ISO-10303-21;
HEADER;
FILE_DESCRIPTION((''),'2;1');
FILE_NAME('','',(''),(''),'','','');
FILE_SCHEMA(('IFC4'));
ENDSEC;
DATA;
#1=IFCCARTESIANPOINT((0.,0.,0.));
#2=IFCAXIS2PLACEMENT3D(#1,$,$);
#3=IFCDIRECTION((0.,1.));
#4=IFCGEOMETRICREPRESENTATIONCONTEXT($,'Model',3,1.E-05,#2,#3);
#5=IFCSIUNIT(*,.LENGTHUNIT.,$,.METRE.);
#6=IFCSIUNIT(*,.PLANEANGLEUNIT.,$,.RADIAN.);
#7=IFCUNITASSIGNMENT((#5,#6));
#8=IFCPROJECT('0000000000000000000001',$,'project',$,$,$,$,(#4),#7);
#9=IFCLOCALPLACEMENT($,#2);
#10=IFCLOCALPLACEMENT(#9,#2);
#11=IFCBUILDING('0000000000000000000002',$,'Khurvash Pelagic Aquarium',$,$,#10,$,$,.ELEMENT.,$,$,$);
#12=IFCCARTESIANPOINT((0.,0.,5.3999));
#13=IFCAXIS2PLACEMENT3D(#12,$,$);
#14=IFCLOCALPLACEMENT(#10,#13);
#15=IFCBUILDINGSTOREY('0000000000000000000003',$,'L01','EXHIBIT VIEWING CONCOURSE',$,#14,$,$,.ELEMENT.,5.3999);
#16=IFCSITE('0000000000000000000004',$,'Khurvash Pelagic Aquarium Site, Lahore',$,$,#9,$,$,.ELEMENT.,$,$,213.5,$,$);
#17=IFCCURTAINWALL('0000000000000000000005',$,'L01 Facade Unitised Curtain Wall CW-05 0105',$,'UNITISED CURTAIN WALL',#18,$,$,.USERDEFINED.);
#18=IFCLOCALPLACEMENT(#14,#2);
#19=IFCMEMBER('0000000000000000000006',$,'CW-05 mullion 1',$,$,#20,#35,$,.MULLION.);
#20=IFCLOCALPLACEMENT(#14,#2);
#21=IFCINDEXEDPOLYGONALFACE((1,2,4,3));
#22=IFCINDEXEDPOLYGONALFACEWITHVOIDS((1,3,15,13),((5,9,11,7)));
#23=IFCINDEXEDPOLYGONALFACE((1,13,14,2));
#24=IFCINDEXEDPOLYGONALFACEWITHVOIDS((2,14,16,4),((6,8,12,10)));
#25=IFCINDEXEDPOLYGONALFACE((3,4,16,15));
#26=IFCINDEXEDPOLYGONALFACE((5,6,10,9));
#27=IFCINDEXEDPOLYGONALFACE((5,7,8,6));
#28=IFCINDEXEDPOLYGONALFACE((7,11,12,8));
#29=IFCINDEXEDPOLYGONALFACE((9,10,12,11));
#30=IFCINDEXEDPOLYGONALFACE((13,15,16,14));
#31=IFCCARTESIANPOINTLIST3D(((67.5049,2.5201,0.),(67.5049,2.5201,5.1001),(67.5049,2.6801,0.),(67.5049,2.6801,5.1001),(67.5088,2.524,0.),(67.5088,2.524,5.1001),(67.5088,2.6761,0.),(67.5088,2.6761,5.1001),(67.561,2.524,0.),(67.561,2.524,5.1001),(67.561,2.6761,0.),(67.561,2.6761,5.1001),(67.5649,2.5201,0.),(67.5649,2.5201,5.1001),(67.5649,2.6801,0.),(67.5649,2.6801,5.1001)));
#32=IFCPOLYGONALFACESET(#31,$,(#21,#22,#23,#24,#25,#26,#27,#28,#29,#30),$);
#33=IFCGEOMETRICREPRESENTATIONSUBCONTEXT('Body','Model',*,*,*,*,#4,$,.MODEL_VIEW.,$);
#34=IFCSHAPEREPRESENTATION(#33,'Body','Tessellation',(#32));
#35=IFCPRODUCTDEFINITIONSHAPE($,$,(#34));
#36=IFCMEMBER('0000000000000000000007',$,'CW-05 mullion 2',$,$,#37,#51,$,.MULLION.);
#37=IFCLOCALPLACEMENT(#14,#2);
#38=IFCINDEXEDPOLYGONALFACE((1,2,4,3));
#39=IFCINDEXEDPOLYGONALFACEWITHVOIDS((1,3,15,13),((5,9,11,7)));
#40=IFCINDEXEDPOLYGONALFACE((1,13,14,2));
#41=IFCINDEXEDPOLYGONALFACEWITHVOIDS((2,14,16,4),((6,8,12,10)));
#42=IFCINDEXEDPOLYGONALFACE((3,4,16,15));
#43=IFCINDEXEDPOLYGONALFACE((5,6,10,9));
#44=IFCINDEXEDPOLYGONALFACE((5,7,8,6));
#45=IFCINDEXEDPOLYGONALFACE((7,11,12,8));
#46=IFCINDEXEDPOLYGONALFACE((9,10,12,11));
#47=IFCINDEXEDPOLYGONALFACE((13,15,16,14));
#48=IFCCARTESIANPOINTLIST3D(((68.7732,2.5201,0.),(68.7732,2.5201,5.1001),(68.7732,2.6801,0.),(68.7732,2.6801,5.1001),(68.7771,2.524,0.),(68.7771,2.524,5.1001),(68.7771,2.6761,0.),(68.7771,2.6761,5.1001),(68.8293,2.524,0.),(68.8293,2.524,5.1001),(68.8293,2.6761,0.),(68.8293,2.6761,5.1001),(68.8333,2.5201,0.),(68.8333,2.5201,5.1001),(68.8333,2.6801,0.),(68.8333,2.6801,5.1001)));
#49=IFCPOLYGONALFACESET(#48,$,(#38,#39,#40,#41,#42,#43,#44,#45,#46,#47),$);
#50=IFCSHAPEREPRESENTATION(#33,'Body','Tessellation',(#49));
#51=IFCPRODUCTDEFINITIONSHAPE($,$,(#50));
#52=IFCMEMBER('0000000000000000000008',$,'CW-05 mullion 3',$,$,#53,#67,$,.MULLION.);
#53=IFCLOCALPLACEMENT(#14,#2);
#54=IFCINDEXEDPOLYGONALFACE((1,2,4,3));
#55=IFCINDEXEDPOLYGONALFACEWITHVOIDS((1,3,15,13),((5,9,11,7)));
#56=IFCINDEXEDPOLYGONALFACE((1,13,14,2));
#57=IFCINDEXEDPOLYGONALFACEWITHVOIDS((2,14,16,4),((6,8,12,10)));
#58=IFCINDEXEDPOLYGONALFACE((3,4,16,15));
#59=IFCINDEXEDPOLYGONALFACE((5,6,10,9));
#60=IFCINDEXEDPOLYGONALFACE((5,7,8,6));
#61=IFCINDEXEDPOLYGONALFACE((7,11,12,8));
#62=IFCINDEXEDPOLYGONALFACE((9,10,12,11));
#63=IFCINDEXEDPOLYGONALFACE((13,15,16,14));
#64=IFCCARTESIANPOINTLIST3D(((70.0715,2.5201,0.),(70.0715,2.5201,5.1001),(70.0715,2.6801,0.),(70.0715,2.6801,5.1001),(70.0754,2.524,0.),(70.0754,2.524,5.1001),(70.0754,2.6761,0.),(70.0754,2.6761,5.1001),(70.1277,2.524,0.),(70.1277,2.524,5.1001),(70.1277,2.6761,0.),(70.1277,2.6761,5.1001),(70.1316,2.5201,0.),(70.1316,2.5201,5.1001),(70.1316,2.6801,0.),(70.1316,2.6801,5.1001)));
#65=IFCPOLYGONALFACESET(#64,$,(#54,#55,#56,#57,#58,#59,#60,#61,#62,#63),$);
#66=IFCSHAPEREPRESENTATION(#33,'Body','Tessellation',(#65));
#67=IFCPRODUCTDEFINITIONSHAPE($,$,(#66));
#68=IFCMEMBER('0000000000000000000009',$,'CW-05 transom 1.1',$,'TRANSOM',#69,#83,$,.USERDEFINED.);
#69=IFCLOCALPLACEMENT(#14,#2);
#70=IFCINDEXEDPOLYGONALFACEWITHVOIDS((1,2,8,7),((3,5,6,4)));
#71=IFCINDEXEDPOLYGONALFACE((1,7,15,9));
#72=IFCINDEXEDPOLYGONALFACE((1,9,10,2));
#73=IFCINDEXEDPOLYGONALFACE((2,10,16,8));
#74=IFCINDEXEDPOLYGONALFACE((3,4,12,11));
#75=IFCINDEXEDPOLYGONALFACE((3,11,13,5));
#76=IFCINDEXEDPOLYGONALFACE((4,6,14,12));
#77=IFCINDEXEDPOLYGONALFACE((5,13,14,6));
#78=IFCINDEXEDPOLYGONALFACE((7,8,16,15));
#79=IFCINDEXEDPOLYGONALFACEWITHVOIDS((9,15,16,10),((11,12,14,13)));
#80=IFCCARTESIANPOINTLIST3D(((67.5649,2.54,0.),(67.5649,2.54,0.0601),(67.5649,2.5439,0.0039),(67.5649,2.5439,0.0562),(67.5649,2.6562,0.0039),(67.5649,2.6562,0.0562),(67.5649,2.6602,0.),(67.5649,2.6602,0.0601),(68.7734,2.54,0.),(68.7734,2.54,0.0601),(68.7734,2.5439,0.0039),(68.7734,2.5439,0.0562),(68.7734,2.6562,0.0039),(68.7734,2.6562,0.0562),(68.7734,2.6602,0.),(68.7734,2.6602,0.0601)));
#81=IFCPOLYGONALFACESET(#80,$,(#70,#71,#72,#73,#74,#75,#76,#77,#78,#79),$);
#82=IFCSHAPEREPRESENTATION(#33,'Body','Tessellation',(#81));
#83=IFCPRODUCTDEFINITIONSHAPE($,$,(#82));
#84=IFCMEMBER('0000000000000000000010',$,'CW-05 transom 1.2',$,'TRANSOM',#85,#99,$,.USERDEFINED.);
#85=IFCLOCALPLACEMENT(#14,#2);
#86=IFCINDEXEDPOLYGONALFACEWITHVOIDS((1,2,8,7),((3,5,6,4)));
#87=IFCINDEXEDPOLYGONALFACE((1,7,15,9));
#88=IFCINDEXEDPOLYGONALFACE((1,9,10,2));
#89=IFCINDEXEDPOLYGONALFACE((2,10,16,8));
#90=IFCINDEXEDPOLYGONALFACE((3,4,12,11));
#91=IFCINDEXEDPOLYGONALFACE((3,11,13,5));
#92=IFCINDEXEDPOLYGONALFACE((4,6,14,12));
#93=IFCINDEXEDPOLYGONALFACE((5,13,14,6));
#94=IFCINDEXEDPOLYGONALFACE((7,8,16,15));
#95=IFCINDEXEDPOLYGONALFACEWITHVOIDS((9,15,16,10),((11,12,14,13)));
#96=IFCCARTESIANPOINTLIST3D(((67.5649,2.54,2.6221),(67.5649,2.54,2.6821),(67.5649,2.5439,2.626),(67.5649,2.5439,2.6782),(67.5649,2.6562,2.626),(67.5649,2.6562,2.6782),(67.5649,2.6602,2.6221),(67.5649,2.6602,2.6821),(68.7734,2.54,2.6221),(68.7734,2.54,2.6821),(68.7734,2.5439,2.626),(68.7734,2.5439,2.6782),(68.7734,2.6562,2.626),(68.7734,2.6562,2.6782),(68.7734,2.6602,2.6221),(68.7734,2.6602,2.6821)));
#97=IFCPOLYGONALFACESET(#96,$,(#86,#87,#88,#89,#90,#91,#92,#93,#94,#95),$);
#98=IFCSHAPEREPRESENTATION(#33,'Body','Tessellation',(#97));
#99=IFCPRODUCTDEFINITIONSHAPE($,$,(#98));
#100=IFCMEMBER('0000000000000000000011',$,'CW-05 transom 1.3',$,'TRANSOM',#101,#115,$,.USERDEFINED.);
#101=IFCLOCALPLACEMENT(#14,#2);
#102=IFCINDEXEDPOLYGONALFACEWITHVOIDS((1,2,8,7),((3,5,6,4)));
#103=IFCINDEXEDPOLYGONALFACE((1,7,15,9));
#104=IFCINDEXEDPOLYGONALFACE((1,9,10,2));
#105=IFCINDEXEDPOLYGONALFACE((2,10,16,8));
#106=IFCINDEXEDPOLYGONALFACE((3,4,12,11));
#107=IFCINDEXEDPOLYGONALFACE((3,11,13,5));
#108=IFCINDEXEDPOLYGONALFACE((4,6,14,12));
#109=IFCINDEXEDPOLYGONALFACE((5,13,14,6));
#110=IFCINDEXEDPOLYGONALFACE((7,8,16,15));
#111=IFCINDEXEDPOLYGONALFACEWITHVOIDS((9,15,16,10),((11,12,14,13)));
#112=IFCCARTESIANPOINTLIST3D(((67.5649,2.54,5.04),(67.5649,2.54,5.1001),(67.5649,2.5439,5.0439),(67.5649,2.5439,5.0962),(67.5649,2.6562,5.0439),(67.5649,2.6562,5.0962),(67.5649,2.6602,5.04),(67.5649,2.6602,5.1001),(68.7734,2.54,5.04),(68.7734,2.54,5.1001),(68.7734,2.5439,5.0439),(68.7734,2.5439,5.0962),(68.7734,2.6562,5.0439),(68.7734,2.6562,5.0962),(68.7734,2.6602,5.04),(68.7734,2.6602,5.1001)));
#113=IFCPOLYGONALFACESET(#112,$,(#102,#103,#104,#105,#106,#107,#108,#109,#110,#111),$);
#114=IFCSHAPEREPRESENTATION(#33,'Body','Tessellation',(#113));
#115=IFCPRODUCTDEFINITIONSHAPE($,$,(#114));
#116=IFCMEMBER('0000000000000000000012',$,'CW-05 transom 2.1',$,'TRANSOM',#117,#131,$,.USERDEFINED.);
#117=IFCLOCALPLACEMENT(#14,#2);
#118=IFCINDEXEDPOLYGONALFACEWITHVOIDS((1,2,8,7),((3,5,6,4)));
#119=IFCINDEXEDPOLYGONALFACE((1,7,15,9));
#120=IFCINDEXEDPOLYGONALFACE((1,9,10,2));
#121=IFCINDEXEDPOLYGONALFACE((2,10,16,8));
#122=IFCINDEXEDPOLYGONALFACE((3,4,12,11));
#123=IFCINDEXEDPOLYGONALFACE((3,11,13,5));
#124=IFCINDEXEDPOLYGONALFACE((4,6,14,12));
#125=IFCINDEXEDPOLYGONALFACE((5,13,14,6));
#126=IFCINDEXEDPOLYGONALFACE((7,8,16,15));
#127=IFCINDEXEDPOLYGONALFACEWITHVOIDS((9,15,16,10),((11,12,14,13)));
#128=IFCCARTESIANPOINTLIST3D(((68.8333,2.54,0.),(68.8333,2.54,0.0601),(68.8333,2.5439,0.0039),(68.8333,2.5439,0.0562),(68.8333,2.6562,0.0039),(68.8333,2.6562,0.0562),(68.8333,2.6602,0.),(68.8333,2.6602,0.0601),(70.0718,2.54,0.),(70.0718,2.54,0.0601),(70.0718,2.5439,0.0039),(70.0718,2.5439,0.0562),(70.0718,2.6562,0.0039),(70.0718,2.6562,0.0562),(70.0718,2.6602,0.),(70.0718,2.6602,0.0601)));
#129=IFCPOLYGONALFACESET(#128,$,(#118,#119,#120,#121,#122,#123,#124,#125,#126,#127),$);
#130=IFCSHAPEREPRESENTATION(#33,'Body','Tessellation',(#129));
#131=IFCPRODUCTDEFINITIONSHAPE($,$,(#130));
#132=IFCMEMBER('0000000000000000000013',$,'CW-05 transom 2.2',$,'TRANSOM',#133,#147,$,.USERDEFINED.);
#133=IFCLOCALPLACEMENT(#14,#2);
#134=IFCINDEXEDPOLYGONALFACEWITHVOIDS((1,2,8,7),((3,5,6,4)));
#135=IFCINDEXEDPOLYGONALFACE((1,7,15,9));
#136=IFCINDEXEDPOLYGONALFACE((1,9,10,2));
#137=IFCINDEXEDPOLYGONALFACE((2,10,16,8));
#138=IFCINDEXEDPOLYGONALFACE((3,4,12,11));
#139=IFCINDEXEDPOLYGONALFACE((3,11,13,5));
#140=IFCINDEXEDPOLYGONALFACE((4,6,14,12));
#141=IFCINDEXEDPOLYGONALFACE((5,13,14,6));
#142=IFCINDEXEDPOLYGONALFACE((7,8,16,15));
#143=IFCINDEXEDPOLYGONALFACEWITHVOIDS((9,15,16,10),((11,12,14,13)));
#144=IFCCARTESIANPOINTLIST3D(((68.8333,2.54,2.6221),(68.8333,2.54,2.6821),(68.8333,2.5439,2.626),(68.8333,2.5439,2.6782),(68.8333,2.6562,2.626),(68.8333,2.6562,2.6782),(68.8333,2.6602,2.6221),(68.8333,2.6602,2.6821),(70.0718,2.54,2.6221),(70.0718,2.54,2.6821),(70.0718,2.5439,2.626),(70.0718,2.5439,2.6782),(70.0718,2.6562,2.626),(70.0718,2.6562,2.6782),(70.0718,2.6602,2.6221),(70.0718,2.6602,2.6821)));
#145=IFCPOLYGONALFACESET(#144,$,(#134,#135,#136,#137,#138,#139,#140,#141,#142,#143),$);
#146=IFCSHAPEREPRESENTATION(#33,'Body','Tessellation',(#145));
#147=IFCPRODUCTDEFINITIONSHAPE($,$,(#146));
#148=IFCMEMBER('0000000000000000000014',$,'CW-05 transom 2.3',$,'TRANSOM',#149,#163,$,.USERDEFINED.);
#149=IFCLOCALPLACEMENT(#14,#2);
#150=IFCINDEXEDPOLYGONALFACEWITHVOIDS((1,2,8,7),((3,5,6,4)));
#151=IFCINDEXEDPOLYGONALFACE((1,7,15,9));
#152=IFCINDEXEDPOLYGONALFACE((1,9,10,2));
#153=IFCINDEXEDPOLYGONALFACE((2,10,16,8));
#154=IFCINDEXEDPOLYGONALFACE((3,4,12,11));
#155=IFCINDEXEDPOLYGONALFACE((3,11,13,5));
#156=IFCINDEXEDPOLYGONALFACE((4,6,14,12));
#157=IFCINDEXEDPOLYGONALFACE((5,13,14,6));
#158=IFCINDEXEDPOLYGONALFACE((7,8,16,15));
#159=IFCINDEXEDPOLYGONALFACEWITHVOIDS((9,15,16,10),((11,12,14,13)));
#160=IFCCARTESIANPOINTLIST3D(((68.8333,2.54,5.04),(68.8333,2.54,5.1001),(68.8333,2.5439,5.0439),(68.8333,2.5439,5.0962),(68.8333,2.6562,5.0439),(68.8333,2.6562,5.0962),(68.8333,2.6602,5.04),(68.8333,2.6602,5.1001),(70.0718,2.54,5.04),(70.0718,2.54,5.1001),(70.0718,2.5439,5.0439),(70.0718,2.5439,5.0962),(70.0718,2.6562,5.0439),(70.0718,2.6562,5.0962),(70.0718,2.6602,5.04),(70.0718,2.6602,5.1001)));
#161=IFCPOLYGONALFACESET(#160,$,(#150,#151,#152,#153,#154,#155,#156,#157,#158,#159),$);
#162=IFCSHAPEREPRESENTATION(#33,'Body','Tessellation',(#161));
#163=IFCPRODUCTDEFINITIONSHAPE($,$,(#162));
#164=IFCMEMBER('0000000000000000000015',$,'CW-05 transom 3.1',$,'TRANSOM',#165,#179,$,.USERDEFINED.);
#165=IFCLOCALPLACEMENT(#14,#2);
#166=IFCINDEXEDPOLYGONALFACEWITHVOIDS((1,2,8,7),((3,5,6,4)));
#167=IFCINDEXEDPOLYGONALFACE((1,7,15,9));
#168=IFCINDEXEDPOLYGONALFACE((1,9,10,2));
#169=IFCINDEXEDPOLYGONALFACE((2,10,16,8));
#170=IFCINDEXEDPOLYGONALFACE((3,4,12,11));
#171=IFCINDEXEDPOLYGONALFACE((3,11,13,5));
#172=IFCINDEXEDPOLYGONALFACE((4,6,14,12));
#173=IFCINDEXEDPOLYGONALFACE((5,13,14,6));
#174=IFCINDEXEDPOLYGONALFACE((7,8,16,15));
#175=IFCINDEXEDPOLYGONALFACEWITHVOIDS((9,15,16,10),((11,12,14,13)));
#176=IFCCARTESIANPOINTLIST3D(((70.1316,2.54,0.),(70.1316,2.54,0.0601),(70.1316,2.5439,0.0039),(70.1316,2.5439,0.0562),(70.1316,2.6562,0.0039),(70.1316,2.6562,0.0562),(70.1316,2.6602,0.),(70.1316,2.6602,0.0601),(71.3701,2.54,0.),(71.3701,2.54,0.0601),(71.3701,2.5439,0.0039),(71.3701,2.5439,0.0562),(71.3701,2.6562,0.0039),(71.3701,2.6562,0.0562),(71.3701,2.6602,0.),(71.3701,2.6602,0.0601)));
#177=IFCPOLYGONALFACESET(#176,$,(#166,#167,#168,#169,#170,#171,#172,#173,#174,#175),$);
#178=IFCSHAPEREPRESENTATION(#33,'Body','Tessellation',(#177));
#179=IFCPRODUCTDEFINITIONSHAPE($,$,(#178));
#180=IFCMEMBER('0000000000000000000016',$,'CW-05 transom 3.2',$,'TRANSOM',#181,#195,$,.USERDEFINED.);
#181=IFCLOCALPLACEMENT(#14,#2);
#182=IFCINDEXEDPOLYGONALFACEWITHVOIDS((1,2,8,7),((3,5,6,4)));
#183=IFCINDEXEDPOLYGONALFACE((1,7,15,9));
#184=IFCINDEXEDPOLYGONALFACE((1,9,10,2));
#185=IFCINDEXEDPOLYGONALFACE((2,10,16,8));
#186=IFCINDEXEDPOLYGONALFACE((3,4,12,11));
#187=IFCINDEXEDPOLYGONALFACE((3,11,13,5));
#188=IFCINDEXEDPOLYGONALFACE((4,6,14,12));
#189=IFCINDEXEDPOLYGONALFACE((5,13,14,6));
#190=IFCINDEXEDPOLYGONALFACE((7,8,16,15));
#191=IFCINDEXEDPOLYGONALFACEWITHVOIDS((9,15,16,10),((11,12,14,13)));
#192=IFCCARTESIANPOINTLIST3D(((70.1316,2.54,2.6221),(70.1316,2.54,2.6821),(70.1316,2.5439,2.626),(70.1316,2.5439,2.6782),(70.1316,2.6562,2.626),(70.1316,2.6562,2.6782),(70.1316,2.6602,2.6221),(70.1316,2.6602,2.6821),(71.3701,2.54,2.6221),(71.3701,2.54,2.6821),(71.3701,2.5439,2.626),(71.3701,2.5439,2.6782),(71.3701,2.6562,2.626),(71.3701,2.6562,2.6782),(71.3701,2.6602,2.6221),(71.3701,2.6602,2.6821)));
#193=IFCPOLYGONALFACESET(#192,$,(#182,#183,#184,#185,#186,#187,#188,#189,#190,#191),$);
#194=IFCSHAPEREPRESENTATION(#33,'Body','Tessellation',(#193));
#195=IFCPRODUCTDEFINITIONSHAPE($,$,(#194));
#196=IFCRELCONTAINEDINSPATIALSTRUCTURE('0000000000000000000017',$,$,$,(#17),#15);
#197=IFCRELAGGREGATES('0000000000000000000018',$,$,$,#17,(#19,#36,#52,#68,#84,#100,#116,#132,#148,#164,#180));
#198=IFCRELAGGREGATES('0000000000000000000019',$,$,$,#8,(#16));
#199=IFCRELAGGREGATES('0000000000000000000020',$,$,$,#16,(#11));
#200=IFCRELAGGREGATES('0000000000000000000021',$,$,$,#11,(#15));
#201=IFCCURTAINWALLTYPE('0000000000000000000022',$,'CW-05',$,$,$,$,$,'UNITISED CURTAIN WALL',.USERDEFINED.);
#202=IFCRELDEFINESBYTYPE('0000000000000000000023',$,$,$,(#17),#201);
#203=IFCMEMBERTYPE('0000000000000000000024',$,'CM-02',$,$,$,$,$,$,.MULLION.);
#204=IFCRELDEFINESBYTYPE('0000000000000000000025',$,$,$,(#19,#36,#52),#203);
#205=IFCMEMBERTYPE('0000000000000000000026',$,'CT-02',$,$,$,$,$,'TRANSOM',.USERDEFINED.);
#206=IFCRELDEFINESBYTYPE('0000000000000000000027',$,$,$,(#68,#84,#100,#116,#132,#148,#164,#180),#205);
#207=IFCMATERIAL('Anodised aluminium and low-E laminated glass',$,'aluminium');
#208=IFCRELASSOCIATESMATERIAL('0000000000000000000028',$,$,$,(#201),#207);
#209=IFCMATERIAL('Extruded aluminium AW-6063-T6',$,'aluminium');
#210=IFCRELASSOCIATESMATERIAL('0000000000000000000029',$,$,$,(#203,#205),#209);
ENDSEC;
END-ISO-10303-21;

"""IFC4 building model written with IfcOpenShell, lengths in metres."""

from ifc_helpers import new_model, si_unit, direction, frame, origin, origin_2d, place, context, subcontext, project, spatial, hollow_rectangle, extrude, material, material_profile, profile_set, type_object, element, aggregate, save


model = new_model("IFC4")

# Units and contexts
model_context = context("Model", 3, precision=1e-05, world=origin(), true_north=direction((0.0, 1.0)))
body_context = subcontext(model_context, "Body", "Model", "MODEL_VIEW")
ifc_project = project(units=[si_unit("LENGTHUNIT", "METRE"), si_unit("PLANEANGLEUNIT", "RADIAN")], contexts=[model_context])

# Site, building, storey
site_placement = place(None, origin())
site = spatial("IfcSite", under=ifc_project, at=site_placement, Name="Khurvash Pelagic Aquarium Site, Lahore", CompositionType="ELEMENT", RefElevation=213.5)
building_placement = place(site_placement, origin())
building = spatial("IfcBuilding", under=site, at=building_placement, Name="Khurvash Pelagic Aquarium", CompositionType="ELEMENT")
storey_placement = place(building_placement, frame((0.0, 0.0, 5.3999)))
storey = spatial("IfcBuildingStorey", under=building, at=storey_placement, Name="L01", Description="EXHIBIT VIEWING CONCOURSE", CompositionType="ELEMENT", Elevation=5.3999)

# Curtain wall, members
ifc_material_1 = material(Name="Anodised aluminium and low-E laminated glass", Category="aluminium")
curtain_wall_type = type_object("IfcCurtainWallType", Name="CW-05", ElementType="UNITISED CURTAIN WALL", PredefinedType="USERDEFINED", material=ifc_material_1)
curtain_wall_placement = place(storey_placement, origin())
curtain_wall = element("IfcCurtainWall", 1, at=curtain_wall_placement, inside=storey, type_object=curtain_wall_type, Name="L01 Facade Unitised Curtain Wall CW-05 0105", ObjectType="UNITISED CURTAIN WALL", PredefinedType="USERDEFINED")
ifc_material_2 = material(Name="Extruded aluminium AW-6063-T6", Category="aluminium")
ifc_material_profile_1 = material_profile(ifc_material_2, hollow_rectangle(XDim=0.0601, YDim=0.1599, WallThickness=0.0039, at=origin_2d()), Name="CWM60X160X4")
ifc_profile_set_1 = profile_set([ifc_material_profile_1], Name="Extruded aluminium AW-6063-T6")
member_type_1 = type_object("IfcMemberType", Name="CM-02", PredefinedType="MULLION", material=ifc_profile_set_1)
member_1_placement = place(storey_placement, frame((67.5349, 2.6001, 0.0), z_axis=(0.0, 0.0, 1.0), x_axis=(1.0, 0.0, 0.0)))
member_1 = element("IfcMember", 2, at=member_1_placement, type_object=member_type_1, Name="CW-05 mullion 1", PredefinedType="MULLION", context=body_context, shape_type="SweptSolid", body=[
    extrude(hollow_rectangle(XDim=0.0601, YDim=0.1599, WallThickness=0.0039, at=origin_2d()), origin(), (0.0, 0.0, 1.0), 5.1001),
])
member_2_placement = place(storey_placement, frame((68.8032, 2.6001, 0.0), z_axis=(0.0, 0.0, 1.0), x_axis=(1.0, 0.0, 0.0)))
member_2 = element("IfcMember", 3, at=member_2_placement, type_object=member_type_1, Name="CW-05 mullion 2", PredefinedType="MULLION", context=body_context, shape_type="SweptSolid", body=[
    extrude(hollow_rectangle(XDim=0.0601, YDim=0.1599, WallThickness=0.0039, at=origin_2d()), origin(), (0.0, 0.0, 1.0), 5.1001),
])
member_3_placement = place(storey_placement, frame((70.1016, 2.6001, 0.0), z_axis=(0.0, 0.0, 1.0), x_axis=(1.0, 0.0, 0.0)))
member_3 = element("IfcMember", 4, at=member_3_placement, type_object=member_type_1, Name="CW-05 mullion 3", PredefinedType="MULLION", context=body_context, shape_type="SweptSolid", body=[
    extrude(hollow_rectangle(XDim=0.0601, YDim=0.1599, WallThickness=0.0039, at=origin_2d()), origin(), (0.0, 0.0, 1.0), 5.1001),
])
ifc_material_profile_2 = material_profile(ifc_material_2, hollow_rectangle(XDim=0.1201, YDim=0.0601, WallThickness=0.0039, at=origin_2d()), Name="CWT120X60X4")
ifc_profile_set_2 = profile_set([ifc_material_profile_2], Name="Extruded aluminium AW-6063-T6")
member_type_2 = type_object("IfcMemberType", Name="CT-02", ElementType="TRANSOM", PredefinedType="USERDEFINED", material=ifc_profile_set_2)
member_4_placement = place(storey_placement, frame((67.5649, 2.6001, 0.03), z_axis=(1.0, 0.0, 0.0), x_axis=(0.0, 1.0, 0.0)))
member_4 = element("IfcMember", 5, at=member_4_placement, type_object=member_type_2, Name="CW-05 transom 1.1", ObjectType="TRANSOM", PredefinedType="USERDEFINED", context=body_context, shape_type="SweptSolid", body=[
    extrude(hollow_rectangle(XDim=0.1201, YDim=0.0601, WallThickness=0.0039, at=origin_2d()), origin(), (0.0, 0.0, 1.0), 1.2085),
])
member_5_placement = place(storey_placement, frame((67.5649, 2.6001, 2.6521), z_axis=(1.0, 0.0, 0.0), x_axis=(0.0, 1.0, 0.0)))
member_5 = element("IfcMember", 6, at=member_5_placement, type_object=member_type_2, Name="CW-05 transom 1.2", ObjectType="TRANSOM", PredefinedType="USERDEFINED", context=body_context, shape_type="SweptSolid", body=[
    extrude(hollow_rectangle(XDim=0.1201, YDim=0.0601, WallThickness=0.0039, at=origin_2d()), origin(), (0.0, 0.0, 1.0), 1.2085),
])
member_6_placement = place(storey_placement, frame((67.5649, 2.6001, 5.0701), z_axis=(1.0, 0.0, 0.0), x_axis=(0.0, 1.0, 0.0)))
member_6 = element("IfcMember", 7, at=member_6_placement, type_object=member_type_2, Name="CW-05 transom 1.3", ObjectType="TRANSOM", PredefinedType="USERDEFINED", context=body_context, shape_type="SweptSolid", body=[
    extrude(hollow_rectangle(XDim=0.1201, YDim=0.0601, WallThickness=0.0039, at=origin_2d()), origin(), (0.0, 0.0, 1.0), 1.2085),
])
member_7_placement = place(storey_placement, frame((68.8333, 2.6001, 0.03), z_axis=(1.0, 0.0, 0.0), x_axis=(0.0, 1.0, 0.0)))
member_7 = element("IfcMember", 8, at=member_7_placement, type_object=member_type_2, Name="CW-05 transom 2.1", ObjectType="TRANSOM", PredefinedType="USERDEFINED", context=body_context, shape_type="SweptSolid", body=[
    extrude(hollow_rectangle(XDim=0.1201, YDim=0.0601, WallThickness=0.0039, at=origin_2d()), origin(), (0.0, 0.0, 1.0), 1.2385),
])
member_8_placement = place(storey_placement, frame((68.8333, 2.6001, 2.6521), z_axis=(1.0, 0.0, 0.0), x_axis=(0.0, 1.0, 0.0)))
member_8 = element("IfcMember", 9, at=member_8_placement, type_object=member_type_2, Name="CW-05 transom 2.2", ObjectType="TRANSOM", PredefinedType="USERDEFINED", context=body_context, shape_type="SweptSolid", body=[
    extrude(hollow_rectangle(XDim=0.1201, YDim=0.0601, WallThickness=0.0039, at=origin_2d()), origin(), (0.0, 0.0, 1.0), 1.2385),
])
member_9_placement = place(storey_placement, frame((68.8333, 2.6001, 5.0701), z_axis=(1.0, 0.0, 0.0), x_axis=(0.0, 1.0, 0.0)))
member_9 = element("IfcMember", 10, at=member_9_placement, type_object=member_type_2, Name="CW-05 transom 2.3", ObjectType="TRANSOM", PredefinedType="USERDEFINED", context=body_context, shape_type="SweptSolid", body=[
    extrude(hollow_rectangle(XDim=0.1201, YDim=0.0601, WallThickness=0.0039, at=origin_2d()), origin(), (0.0, 0.0, 1.0), 1.2385),
])
member_10_placement = place(storey_placement, frame((70.1316, 2.6001, 0.03), z_axis=(1.0, 0.0, 0.0), x_axis=(0.0, 1.0, 0.0)))
member_10 = element("IfcMember", 11, at=member_10_placement, type_object=member_type_2, Name="CW-05 transom 3.1", ObjectType="TRANSOM", PredefinedType="USERDEFINED", context=body_context, shape_type="SweptSolid", body=[
    extrude(hollow_rectangle(XDim=0.1201, YDim=0.0601, WallThickness=0.0039, at=origin_2d()), origin(), (0.0, 0.0, 1.0), 1.2385),
])
member_11_placement = place(storey_placement, frame((70.1316, 2.6001, 2.6521), z_axis=(1.0, 0.0, 0.0), x_axis=(0.0, 1.0, 0.0)))
member_11 = element("IfcMember", 12, at=member_11_placement, type_object=member_type_2, Name="CW-05 transom 3.2", ObjectType="TRANSOM", PredefinedType="USERDEFINED", context=body_context, shape_type="SweptSolid", body=[
    extrude(hollow_rectangle(XDim=0.1201, YDim=0.0601, WallThickness=0.0039, at=origin_2d()), origin(), (0.0, 0.0, 1.0), 1.2385),
])
aggregate(curtain_wall, [member_1, member_2, member_3, member_4, member_5, member_6, member_7, member_8, member_9, member_10, member_11])

save(model, "model.ifc")
